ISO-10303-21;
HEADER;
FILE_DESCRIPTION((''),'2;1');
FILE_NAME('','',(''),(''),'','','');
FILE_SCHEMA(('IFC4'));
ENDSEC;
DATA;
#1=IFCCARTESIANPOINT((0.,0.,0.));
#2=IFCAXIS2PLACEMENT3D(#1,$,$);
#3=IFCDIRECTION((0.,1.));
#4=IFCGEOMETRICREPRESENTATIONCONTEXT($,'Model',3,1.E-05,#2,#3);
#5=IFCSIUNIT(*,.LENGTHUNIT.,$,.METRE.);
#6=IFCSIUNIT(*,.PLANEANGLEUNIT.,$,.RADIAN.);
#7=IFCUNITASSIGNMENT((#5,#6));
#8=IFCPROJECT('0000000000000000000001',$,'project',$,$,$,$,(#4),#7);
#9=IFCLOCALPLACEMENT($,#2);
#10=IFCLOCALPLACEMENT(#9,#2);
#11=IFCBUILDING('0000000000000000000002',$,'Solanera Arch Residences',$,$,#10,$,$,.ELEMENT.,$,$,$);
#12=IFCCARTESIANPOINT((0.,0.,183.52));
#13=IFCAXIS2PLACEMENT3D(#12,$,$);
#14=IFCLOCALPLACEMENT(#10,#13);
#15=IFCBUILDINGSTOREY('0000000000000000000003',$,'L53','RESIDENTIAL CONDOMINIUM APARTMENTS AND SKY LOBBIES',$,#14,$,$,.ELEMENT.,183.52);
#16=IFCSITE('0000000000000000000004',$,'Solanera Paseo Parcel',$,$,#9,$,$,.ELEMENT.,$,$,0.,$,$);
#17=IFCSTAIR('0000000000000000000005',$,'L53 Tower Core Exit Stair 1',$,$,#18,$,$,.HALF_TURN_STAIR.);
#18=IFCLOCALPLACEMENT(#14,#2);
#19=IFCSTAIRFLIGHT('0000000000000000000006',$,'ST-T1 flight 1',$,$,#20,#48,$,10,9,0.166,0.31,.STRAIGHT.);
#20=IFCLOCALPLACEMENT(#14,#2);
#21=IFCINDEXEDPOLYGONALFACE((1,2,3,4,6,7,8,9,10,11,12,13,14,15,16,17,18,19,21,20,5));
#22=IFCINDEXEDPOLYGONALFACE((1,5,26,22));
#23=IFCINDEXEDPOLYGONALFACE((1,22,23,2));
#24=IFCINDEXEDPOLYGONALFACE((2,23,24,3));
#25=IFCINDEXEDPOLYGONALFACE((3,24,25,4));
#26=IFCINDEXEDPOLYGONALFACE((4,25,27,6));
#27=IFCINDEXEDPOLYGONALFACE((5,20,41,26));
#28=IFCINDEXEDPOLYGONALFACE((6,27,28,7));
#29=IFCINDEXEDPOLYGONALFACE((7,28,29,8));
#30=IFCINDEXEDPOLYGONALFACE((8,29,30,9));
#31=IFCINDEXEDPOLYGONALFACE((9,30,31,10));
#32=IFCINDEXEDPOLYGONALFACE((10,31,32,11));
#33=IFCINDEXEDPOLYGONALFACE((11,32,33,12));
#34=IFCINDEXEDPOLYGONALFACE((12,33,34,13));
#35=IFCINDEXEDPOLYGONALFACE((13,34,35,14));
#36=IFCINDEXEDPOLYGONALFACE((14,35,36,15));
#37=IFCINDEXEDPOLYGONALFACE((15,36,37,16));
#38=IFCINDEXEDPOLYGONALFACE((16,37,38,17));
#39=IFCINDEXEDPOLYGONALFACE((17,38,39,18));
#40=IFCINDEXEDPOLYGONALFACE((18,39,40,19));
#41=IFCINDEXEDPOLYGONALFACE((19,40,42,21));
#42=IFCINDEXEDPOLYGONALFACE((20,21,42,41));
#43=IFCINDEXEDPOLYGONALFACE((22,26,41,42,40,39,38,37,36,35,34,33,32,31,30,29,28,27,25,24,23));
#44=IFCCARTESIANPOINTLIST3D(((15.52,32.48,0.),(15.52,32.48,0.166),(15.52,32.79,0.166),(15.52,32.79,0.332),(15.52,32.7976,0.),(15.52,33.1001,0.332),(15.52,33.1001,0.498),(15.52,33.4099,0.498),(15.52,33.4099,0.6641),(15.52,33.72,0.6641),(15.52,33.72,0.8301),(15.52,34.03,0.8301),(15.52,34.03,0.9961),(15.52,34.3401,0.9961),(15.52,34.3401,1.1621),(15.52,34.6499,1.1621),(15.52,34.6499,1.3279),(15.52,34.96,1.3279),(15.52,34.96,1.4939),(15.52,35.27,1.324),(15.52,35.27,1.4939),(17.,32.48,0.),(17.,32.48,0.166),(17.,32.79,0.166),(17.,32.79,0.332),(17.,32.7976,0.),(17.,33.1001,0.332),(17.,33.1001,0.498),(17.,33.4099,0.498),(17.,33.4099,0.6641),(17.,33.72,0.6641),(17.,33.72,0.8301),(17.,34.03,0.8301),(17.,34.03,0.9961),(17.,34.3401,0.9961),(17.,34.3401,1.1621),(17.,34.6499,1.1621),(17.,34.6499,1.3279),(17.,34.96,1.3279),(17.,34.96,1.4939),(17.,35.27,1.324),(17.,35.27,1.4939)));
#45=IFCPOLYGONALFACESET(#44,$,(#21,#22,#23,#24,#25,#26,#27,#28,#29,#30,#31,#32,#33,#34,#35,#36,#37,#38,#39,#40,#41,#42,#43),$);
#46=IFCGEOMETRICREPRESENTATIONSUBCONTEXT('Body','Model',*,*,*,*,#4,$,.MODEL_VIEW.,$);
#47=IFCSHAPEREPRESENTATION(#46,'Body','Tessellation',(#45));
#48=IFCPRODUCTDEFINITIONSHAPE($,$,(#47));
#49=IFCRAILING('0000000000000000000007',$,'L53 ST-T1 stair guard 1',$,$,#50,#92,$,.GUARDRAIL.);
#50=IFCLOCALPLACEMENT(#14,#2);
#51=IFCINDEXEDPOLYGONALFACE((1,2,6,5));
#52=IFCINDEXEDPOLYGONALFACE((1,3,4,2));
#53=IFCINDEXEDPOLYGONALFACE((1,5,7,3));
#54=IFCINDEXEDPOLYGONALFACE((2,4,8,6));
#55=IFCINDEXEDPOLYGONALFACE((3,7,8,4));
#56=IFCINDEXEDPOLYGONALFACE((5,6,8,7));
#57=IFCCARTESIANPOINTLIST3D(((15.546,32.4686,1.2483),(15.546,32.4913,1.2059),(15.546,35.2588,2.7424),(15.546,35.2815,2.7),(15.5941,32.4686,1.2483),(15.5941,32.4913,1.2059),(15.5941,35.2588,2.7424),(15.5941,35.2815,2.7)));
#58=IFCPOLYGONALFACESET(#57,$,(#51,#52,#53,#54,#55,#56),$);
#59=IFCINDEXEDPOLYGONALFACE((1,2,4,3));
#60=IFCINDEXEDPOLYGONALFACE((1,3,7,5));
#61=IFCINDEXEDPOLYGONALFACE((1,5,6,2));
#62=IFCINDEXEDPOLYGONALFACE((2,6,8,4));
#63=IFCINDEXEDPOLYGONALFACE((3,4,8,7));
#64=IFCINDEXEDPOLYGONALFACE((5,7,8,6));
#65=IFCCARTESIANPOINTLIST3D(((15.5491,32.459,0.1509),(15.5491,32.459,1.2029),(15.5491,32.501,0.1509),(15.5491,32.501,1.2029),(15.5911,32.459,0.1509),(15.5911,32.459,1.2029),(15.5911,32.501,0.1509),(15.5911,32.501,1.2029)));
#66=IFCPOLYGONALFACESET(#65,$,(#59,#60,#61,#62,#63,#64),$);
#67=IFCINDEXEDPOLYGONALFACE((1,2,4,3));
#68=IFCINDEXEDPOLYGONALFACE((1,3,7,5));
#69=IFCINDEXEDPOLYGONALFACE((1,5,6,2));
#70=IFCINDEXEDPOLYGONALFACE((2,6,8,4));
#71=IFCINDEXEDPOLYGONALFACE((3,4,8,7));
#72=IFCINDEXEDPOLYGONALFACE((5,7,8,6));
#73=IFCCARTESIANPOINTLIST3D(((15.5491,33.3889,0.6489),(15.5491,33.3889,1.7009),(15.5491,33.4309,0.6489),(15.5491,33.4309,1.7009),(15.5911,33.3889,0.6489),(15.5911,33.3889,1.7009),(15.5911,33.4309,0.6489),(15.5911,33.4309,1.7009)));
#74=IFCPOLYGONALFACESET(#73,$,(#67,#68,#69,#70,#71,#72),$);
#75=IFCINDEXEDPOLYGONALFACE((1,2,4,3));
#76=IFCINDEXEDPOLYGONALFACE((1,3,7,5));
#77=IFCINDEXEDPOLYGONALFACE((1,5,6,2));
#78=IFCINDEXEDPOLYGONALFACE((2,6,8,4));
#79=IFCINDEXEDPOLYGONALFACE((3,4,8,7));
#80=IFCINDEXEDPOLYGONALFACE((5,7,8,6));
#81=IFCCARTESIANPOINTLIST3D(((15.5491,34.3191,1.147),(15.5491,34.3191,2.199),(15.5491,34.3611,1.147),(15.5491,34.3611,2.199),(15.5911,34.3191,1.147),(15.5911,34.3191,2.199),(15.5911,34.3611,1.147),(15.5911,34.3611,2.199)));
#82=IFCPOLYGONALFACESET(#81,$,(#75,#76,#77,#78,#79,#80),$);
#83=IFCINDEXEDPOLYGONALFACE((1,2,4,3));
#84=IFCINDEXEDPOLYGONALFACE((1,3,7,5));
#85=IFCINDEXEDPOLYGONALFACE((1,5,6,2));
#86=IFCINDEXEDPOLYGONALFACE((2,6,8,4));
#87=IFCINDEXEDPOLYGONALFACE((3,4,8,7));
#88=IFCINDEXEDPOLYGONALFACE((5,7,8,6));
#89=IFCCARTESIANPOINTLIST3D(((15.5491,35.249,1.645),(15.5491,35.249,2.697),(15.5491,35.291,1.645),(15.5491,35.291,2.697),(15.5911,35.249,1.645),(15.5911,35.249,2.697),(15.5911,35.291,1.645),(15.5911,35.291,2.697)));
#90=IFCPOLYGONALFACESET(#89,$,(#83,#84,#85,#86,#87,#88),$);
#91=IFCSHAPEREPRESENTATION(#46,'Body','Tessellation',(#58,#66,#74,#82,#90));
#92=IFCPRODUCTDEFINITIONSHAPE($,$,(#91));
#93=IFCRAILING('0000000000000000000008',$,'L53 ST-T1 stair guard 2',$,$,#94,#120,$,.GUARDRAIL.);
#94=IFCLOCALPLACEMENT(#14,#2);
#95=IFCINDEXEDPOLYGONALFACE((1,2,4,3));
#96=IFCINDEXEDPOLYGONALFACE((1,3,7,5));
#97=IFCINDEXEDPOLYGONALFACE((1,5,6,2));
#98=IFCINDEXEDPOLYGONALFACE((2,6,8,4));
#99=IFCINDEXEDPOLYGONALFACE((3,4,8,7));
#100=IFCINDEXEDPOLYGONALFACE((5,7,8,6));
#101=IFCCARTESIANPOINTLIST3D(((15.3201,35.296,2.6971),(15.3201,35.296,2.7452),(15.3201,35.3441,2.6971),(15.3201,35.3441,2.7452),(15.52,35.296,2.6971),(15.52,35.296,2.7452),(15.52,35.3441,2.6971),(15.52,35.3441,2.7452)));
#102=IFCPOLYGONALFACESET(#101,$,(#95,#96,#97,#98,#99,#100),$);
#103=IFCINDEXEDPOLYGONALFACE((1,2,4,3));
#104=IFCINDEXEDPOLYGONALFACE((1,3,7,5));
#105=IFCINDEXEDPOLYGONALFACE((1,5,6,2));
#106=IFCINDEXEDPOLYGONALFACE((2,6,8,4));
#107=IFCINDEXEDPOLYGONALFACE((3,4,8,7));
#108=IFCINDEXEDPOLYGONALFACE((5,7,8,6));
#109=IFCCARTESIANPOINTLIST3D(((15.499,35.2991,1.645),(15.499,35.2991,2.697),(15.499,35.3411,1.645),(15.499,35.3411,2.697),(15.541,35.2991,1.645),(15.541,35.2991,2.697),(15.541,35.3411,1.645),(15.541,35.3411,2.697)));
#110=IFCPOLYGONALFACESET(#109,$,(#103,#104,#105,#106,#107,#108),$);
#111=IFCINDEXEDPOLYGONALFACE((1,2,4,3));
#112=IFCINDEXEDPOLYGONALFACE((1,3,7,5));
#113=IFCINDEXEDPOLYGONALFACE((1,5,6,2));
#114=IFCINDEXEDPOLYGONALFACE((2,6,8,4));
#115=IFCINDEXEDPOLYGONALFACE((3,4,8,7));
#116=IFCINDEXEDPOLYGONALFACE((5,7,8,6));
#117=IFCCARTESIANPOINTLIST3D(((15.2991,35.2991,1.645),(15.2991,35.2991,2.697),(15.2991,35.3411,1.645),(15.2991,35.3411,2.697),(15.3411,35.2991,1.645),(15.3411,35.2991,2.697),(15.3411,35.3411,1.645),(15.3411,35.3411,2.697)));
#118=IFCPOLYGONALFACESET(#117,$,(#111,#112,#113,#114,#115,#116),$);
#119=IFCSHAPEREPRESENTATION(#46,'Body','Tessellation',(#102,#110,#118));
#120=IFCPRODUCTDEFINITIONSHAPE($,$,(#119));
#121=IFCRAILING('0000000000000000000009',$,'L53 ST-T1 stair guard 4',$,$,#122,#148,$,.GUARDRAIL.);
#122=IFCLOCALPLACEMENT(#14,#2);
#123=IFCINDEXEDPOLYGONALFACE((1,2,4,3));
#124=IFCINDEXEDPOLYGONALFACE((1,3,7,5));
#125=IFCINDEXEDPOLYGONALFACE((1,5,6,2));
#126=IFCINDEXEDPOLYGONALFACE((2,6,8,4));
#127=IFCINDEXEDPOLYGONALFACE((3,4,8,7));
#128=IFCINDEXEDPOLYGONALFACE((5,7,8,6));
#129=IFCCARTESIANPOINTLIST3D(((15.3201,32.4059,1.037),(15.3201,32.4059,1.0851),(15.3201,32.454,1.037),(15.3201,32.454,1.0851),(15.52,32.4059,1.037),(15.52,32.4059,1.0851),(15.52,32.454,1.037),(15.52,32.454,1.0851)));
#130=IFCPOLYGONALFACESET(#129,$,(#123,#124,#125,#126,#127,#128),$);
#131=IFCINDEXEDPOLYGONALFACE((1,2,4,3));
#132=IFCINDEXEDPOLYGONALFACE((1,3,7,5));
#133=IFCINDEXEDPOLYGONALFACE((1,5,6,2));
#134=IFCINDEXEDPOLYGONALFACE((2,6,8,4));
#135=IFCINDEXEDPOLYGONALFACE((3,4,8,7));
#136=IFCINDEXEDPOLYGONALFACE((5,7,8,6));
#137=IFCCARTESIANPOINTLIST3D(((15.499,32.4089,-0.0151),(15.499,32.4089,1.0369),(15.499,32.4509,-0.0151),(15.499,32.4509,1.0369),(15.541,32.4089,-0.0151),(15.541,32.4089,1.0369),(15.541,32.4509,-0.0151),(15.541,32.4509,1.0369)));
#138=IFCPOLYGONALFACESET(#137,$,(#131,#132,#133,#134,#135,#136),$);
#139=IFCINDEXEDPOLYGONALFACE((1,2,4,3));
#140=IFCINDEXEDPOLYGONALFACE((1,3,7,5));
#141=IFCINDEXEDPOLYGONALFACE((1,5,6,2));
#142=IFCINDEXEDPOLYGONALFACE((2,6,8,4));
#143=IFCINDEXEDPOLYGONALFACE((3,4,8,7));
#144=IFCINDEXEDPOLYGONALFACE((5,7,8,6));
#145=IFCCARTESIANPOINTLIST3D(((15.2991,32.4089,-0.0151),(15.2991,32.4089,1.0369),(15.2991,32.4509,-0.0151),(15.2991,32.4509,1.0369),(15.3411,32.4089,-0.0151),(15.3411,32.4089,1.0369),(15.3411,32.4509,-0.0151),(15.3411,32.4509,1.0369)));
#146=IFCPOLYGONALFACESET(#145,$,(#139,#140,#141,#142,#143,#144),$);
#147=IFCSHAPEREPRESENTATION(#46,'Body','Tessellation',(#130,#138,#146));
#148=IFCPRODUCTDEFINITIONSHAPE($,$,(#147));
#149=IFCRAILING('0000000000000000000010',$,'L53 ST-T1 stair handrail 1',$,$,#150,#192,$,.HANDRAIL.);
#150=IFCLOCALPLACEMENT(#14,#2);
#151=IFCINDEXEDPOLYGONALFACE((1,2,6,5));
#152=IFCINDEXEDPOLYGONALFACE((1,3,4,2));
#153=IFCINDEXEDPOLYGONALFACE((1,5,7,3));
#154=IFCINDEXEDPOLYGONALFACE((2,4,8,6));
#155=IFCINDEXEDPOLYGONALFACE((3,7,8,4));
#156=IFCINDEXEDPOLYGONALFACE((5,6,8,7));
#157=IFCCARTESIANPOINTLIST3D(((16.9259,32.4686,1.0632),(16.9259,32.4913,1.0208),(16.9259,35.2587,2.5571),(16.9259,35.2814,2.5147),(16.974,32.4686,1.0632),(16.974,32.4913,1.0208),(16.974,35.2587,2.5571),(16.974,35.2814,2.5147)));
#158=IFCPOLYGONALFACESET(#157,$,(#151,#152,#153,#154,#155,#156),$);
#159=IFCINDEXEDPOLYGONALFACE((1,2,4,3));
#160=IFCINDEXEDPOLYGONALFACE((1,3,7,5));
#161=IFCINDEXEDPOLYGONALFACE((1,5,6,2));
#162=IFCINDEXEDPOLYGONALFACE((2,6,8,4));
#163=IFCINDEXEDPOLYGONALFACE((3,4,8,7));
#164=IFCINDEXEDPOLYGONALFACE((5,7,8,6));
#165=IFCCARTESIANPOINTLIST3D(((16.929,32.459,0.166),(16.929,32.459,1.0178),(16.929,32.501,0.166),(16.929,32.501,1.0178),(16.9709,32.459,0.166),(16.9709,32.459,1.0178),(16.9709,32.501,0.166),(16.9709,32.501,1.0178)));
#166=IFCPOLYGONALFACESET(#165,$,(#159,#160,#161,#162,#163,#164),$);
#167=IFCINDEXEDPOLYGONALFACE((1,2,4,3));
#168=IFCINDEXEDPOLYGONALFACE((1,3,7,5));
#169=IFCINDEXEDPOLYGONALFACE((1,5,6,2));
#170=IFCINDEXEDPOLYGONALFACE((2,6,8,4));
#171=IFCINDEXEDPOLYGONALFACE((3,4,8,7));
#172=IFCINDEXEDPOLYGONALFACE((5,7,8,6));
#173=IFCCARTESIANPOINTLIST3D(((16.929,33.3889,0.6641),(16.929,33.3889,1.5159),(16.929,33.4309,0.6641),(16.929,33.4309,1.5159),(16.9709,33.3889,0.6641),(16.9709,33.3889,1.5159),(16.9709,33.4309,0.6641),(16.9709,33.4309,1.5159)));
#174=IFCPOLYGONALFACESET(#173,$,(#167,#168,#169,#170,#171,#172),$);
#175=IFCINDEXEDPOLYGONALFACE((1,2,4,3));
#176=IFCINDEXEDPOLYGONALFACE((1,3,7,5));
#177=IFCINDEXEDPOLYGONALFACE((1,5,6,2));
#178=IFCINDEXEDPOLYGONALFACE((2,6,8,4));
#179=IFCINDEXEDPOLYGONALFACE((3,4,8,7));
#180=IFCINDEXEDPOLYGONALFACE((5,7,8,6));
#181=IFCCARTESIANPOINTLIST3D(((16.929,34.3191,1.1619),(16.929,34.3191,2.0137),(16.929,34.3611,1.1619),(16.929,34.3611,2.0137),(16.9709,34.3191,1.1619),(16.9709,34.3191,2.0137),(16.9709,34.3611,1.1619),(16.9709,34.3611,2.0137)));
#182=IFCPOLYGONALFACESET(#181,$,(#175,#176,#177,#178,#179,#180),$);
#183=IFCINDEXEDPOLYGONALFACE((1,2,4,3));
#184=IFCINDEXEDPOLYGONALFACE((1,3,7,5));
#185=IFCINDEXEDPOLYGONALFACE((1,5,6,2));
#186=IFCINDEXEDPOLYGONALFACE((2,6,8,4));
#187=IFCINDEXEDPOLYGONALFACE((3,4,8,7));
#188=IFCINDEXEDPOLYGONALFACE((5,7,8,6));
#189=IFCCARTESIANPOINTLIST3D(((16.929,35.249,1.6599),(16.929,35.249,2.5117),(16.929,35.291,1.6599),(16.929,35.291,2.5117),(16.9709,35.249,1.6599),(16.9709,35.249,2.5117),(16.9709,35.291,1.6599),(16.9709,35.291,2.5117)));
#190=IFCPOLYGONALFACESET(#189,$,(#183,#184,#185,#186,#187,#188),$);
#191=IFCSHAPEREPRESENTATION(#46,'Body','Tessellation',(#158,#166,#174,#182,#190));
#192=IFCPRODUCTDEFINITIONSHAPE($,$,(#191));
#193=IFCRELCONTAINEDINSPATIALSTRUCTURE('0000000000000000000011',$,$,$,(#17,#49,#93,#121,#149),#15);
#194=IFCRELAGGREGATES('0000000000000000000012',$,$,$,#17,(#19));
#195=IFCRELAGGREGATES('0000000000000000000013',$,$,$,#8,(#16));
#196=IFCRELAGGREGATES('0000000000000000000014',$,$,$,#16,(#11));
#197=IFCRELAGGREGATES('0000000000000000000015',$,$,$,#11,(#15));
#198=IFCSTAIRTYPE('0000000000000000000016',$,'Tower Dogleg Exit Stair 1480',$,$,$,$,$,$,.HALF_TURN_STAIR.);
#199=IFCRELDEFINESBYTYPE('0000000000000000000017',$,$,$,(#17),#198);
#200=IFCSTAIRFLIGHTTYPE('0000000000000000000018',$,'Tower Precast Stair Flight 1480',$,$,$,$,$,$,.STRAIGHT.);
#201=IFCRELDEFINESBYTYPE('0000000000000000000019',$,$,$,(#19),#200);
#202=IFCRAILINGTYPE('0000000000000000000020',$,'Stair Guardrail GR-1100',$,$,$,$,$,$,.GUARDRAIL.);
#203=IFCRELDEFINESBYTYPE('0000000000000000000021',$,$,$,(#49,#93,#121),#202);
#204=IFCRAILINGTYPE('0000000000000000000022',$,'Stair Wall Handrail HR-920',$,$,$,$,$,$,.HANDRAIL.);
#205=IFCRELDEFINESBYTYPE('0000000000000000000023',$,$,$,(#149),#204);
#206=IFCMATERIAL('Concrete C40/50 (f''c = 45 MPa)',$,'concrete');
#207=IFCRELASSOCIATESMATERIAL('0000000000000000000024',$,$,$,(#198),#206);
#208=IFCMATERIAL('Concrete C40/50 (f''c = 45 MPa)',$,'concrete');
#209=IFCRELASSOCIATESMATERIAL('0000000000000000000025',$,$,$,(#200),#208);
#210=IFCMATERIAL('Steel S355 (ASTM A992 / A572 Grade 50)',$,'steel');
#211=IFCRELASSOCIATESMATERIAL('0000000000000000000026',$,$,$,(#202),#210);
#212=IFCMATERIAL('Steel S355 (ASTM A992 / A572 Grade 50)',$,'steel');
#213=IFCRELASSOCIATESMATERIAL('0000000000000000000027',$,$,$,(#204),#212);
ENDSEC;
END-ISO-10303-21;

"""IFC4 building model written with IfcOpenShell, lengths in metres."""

from ifc_helpers import new_model, si_unit, direction, frame, origin, origin_2d, place, context, subcontext, project, spatial, polyline, rectangle, outline, extrude, material, type_object, element, aggregate, save


model = new_model("IFC4")

# Units and contexts
model_context = context("Model", 3, precision=1e-05, world=origin(), true_north=direction((0.0, 1.0)))
body_context = subcontext(model_context, "Body", "Model", "MODEL_VIEW")
ifc_project = project(units=[si_unit("LENGTHUNIT", "METRE"), si_unit("PLANEANGLEUNIT", "RADIAN")], contexts=[model_context])

# Site, building, storey
site_placement = place(None, origin())
site = spatial("IfcSite", under=ifc_project, at=site_placement, Name="Solanera Paseo Parcel", CompositionType="ELEMENT", RefElevation=0.0)
building_placement = place(site_placement, origin())
building = spatial("IfcBuilding", under=site, at=building_placement, Name="Solanera Arch Residences", CompositionType="ELEMENT")
storey_placement = place(building_placement, frame((0.0, 0.0, 183.52)))
storey = spatial("IfcBuildingStorey", under=building, at=storey_placement, Name="L53", Description="RESIDENTIAL CONDOMINIUM APARTMENTS AND SKY LOBBIES", CompositionType="ELEMENT", Elevation=183.52)

# Stair, stair flight
ifc_material_1 = material(Name="Concrete C40/50 (f'c = 45 MPa)", Category="concrete")
stair_type = type_object("IfcStairType", Name="Tower Dogleg Exit Stair 1480", PredefinedType="HALF_TURN_STAIR", material=ifc_material_1)
stair_placement = place(storey_placement, origin())
stair = element("IfcStair", 1, at=stair_placement, inside=storey, type_object=stair_type, Name="L53 Tower Core Exit Stair 1", PredefinedType="HALF_TURN_STAIR")
ifc_material_2 = material(Name="Concrete C40/50 (f'c = 45 MPa)", Category="concrete")
stair_flight_type = type_object("IfcStairFlightType", Name="Tower Precast Stair Flight 1480", PredefinedType="STRAIGHT", material=ifc_material_2)
stair_flight_placement = place(storey_placement, frame((16.26, 32.48, 0.0), z_axis=(0.0, 0.0, 1.0), x_axis=(0.0, 1.0, 0.0)))
stair_flight = element("IfcStairFlight", 2, at=stair_flight_placement, type_object=stair_flight_type, Name="ST-T1 flight 1", NumberOfRisers=10, NumberOfTreads=9, PredefinedType="STRAIGHT", RiserHeight=0.166, TreadLength=0.31, context=body_context, shape_type="SweptSolid", body=[
    extrude(outline(polyline([(0.0, 0.0), (0.0, 0.166), (0.3101, 0.166), (0.3101, 0.332), (0.6201, 0.332), (0.6201, 0.498), (0.9299, 0.498), (0.9299, 0.6641), (1.24, 0.6641), (1.24, 0.8301), (1.55, 0.8301), (1.55, 0.9961), (1.8601, 0.9961), (1.8601, 1.1621), (2.1699, 1.1621), (2.1699, 1.3279), (2.48, 1.3279), (2.48, 1.4939), (2.79, 1.4939), (2.79, 1.6599), (2.79, 1.324), (0.3176, 0.0), (0.0, 0.0)])), frame((0.0, 0.74, 0.0), z_axis=(0.0, -1.0, 0.0), x_axis=(1.0, 0.0, 0.0)), (0.0, 0.0, 1.0), 1.48),
])
aggregate(stair, [stair_flight])

# Railings
ifc_material_3 = material(Name="Steel S355 (ASTM A992 / A572 Grade 50)", Category="steel")
railing_type_1 = type_object("IfcRailingType", Name="Stair Guardrail GR-1100", PredefinedType="GUARDRAIL", material=ifc_material_3)
railing_1_placement = place(storey_placement, frame((15.5701, 32.48, 0.1509)))
element("IfcRailing", 3, at=railing_1_placement, inside=storey, type_object=railing_type_1, Name="L53 ST-T1 stair guard 1", PredefinedType="GUARDRAIL", context=body_context, shape_type="SweptSolid", body=[
    extrude(rectangle(XDim=0.0481, YDim=0.0481, at=origin_2d()), frame((0.0, 0.0, 1.0762), z_axis=(0.0, 0.881549, 0.472093), x_axis=(-1.0, 0.0, 0.0)), (0.0, 0.0, 1.0), 3.165),
    extrude(rectangle(XDim=0.042, YDim=0.042, at=origin_2d()), origin(), (0.0, 0.0, 1.0), 1.052),
    extrude(rectangle(XDim=0.042, YDim=0.042, at=origin_2d()), frame((0.0, 0.9299, 0.498)), (0.0, 0.0, 1.0), 1.052),
    extrude(rectangle(XDim=0.042, YDim=0.042, at=origin_2d()), frame((0.0, 1.8601, 0.9961)), (0.0, 0.0, 1.0), 1.052),
    extrude(rectangle(XDim=0.042, YDim=0.042, at=origin_2d()), frame((0.0, 2.79, 1.4941)), (0.0, 0.0, 1.0), 1.052),
])
for number, where, name in (
    (4, (15.52, 35.3201, 1.645), "L53 ST-T1 stair guard 2"),
    (5, (15.52, 32.4299, -0.0151), "L53 ST-T1 stair guard 4"),
):
    element("IfcRailing", number, at=place(storey_placement, frame(where)), inside=storey, type_object=railing_type_1, Name=name, PredefinedType="GUARDRAIL", context=body_context, shape_type="SweptSolid", body=[
        extrude(rectangle(XDim=0.0481, YDim=0.0481, at=origin_2d()), frame((0.0, 0.0, 1.0762), z_axis=(-1.0, 0.0, 0.0), x_axis=(0.0, -1.0, 0.0)), (0.0, 0.0, 1.0), 0.2),
        extrude(rectangle(XDim=0.042, YDim=0.042, at=origin_2d()), origin(), (0.0, 0.0, 1.0), 1.052),
        extrude(rectangle(XDim=0.042, YDim=0.042, at=origin_2d()), frame((-0.2, 0.0, 0.0)), (0.0, 0.0, 1.0), 1.052),
    ])
ifc_material_4 = material(Name="Steel S355 (ASTM A992 / A572 Grade 50)", Category="steel")
railing_type_2 = type_object("IfcRailingType", Name="Stair Wall Handrail HR-920", PredefinedType="HANDRAIL", material=ifc_material_4)
railing_2_placement = place(storey_placement, frame((16.95, 32.48, 0.166)))
element("IfcRailing", 6, at=railing_2_placement, inside=storey, type_object=railing_type_2, Name="L53 ST-T1 stair handrail 1", PredefinedType="HANDRAIL", context=body_context, shape_type="SweptSolid", body=[
    extrude(rectangle(XDim=0.0481, YDim=0.0481, at=origin_2d()), frame((0.0, 0.0, 0.876), z_axis=(0.0, 0.881581, 0.472033), x_axis=(-1.0, 0.0, 0.0)), (0.0, 0.0, 1.0), 3.1648),
    extrude(rectangle(XDim=0.042, YDim=0.042, at=origin_2d()), origin(), (0.0, 0.0, 1.0), 0.8518),
    extrude(rectangle(XDim=0.042, YDim=0.042, at=origin_2d()), frame((0.0, 0.9299, 0.498)), (0.0, 0.0, 1.0), 0.8518),
    extrude(rectangle(XDim=0.042, YDim=0.042, at=origin_2d()), frame((0.0, 1.8601, 0.9958)), (0.0, 0.0, 1.0), 0.8518),
    extrude(rectangle(XDim=0.042, YDim=0.042, at=origin_2d()), frame((0.0, 2.79, 1.4939)), (0.0, 0.0, 1.0), 0.8518),
])

save(model, "model.ifc")
